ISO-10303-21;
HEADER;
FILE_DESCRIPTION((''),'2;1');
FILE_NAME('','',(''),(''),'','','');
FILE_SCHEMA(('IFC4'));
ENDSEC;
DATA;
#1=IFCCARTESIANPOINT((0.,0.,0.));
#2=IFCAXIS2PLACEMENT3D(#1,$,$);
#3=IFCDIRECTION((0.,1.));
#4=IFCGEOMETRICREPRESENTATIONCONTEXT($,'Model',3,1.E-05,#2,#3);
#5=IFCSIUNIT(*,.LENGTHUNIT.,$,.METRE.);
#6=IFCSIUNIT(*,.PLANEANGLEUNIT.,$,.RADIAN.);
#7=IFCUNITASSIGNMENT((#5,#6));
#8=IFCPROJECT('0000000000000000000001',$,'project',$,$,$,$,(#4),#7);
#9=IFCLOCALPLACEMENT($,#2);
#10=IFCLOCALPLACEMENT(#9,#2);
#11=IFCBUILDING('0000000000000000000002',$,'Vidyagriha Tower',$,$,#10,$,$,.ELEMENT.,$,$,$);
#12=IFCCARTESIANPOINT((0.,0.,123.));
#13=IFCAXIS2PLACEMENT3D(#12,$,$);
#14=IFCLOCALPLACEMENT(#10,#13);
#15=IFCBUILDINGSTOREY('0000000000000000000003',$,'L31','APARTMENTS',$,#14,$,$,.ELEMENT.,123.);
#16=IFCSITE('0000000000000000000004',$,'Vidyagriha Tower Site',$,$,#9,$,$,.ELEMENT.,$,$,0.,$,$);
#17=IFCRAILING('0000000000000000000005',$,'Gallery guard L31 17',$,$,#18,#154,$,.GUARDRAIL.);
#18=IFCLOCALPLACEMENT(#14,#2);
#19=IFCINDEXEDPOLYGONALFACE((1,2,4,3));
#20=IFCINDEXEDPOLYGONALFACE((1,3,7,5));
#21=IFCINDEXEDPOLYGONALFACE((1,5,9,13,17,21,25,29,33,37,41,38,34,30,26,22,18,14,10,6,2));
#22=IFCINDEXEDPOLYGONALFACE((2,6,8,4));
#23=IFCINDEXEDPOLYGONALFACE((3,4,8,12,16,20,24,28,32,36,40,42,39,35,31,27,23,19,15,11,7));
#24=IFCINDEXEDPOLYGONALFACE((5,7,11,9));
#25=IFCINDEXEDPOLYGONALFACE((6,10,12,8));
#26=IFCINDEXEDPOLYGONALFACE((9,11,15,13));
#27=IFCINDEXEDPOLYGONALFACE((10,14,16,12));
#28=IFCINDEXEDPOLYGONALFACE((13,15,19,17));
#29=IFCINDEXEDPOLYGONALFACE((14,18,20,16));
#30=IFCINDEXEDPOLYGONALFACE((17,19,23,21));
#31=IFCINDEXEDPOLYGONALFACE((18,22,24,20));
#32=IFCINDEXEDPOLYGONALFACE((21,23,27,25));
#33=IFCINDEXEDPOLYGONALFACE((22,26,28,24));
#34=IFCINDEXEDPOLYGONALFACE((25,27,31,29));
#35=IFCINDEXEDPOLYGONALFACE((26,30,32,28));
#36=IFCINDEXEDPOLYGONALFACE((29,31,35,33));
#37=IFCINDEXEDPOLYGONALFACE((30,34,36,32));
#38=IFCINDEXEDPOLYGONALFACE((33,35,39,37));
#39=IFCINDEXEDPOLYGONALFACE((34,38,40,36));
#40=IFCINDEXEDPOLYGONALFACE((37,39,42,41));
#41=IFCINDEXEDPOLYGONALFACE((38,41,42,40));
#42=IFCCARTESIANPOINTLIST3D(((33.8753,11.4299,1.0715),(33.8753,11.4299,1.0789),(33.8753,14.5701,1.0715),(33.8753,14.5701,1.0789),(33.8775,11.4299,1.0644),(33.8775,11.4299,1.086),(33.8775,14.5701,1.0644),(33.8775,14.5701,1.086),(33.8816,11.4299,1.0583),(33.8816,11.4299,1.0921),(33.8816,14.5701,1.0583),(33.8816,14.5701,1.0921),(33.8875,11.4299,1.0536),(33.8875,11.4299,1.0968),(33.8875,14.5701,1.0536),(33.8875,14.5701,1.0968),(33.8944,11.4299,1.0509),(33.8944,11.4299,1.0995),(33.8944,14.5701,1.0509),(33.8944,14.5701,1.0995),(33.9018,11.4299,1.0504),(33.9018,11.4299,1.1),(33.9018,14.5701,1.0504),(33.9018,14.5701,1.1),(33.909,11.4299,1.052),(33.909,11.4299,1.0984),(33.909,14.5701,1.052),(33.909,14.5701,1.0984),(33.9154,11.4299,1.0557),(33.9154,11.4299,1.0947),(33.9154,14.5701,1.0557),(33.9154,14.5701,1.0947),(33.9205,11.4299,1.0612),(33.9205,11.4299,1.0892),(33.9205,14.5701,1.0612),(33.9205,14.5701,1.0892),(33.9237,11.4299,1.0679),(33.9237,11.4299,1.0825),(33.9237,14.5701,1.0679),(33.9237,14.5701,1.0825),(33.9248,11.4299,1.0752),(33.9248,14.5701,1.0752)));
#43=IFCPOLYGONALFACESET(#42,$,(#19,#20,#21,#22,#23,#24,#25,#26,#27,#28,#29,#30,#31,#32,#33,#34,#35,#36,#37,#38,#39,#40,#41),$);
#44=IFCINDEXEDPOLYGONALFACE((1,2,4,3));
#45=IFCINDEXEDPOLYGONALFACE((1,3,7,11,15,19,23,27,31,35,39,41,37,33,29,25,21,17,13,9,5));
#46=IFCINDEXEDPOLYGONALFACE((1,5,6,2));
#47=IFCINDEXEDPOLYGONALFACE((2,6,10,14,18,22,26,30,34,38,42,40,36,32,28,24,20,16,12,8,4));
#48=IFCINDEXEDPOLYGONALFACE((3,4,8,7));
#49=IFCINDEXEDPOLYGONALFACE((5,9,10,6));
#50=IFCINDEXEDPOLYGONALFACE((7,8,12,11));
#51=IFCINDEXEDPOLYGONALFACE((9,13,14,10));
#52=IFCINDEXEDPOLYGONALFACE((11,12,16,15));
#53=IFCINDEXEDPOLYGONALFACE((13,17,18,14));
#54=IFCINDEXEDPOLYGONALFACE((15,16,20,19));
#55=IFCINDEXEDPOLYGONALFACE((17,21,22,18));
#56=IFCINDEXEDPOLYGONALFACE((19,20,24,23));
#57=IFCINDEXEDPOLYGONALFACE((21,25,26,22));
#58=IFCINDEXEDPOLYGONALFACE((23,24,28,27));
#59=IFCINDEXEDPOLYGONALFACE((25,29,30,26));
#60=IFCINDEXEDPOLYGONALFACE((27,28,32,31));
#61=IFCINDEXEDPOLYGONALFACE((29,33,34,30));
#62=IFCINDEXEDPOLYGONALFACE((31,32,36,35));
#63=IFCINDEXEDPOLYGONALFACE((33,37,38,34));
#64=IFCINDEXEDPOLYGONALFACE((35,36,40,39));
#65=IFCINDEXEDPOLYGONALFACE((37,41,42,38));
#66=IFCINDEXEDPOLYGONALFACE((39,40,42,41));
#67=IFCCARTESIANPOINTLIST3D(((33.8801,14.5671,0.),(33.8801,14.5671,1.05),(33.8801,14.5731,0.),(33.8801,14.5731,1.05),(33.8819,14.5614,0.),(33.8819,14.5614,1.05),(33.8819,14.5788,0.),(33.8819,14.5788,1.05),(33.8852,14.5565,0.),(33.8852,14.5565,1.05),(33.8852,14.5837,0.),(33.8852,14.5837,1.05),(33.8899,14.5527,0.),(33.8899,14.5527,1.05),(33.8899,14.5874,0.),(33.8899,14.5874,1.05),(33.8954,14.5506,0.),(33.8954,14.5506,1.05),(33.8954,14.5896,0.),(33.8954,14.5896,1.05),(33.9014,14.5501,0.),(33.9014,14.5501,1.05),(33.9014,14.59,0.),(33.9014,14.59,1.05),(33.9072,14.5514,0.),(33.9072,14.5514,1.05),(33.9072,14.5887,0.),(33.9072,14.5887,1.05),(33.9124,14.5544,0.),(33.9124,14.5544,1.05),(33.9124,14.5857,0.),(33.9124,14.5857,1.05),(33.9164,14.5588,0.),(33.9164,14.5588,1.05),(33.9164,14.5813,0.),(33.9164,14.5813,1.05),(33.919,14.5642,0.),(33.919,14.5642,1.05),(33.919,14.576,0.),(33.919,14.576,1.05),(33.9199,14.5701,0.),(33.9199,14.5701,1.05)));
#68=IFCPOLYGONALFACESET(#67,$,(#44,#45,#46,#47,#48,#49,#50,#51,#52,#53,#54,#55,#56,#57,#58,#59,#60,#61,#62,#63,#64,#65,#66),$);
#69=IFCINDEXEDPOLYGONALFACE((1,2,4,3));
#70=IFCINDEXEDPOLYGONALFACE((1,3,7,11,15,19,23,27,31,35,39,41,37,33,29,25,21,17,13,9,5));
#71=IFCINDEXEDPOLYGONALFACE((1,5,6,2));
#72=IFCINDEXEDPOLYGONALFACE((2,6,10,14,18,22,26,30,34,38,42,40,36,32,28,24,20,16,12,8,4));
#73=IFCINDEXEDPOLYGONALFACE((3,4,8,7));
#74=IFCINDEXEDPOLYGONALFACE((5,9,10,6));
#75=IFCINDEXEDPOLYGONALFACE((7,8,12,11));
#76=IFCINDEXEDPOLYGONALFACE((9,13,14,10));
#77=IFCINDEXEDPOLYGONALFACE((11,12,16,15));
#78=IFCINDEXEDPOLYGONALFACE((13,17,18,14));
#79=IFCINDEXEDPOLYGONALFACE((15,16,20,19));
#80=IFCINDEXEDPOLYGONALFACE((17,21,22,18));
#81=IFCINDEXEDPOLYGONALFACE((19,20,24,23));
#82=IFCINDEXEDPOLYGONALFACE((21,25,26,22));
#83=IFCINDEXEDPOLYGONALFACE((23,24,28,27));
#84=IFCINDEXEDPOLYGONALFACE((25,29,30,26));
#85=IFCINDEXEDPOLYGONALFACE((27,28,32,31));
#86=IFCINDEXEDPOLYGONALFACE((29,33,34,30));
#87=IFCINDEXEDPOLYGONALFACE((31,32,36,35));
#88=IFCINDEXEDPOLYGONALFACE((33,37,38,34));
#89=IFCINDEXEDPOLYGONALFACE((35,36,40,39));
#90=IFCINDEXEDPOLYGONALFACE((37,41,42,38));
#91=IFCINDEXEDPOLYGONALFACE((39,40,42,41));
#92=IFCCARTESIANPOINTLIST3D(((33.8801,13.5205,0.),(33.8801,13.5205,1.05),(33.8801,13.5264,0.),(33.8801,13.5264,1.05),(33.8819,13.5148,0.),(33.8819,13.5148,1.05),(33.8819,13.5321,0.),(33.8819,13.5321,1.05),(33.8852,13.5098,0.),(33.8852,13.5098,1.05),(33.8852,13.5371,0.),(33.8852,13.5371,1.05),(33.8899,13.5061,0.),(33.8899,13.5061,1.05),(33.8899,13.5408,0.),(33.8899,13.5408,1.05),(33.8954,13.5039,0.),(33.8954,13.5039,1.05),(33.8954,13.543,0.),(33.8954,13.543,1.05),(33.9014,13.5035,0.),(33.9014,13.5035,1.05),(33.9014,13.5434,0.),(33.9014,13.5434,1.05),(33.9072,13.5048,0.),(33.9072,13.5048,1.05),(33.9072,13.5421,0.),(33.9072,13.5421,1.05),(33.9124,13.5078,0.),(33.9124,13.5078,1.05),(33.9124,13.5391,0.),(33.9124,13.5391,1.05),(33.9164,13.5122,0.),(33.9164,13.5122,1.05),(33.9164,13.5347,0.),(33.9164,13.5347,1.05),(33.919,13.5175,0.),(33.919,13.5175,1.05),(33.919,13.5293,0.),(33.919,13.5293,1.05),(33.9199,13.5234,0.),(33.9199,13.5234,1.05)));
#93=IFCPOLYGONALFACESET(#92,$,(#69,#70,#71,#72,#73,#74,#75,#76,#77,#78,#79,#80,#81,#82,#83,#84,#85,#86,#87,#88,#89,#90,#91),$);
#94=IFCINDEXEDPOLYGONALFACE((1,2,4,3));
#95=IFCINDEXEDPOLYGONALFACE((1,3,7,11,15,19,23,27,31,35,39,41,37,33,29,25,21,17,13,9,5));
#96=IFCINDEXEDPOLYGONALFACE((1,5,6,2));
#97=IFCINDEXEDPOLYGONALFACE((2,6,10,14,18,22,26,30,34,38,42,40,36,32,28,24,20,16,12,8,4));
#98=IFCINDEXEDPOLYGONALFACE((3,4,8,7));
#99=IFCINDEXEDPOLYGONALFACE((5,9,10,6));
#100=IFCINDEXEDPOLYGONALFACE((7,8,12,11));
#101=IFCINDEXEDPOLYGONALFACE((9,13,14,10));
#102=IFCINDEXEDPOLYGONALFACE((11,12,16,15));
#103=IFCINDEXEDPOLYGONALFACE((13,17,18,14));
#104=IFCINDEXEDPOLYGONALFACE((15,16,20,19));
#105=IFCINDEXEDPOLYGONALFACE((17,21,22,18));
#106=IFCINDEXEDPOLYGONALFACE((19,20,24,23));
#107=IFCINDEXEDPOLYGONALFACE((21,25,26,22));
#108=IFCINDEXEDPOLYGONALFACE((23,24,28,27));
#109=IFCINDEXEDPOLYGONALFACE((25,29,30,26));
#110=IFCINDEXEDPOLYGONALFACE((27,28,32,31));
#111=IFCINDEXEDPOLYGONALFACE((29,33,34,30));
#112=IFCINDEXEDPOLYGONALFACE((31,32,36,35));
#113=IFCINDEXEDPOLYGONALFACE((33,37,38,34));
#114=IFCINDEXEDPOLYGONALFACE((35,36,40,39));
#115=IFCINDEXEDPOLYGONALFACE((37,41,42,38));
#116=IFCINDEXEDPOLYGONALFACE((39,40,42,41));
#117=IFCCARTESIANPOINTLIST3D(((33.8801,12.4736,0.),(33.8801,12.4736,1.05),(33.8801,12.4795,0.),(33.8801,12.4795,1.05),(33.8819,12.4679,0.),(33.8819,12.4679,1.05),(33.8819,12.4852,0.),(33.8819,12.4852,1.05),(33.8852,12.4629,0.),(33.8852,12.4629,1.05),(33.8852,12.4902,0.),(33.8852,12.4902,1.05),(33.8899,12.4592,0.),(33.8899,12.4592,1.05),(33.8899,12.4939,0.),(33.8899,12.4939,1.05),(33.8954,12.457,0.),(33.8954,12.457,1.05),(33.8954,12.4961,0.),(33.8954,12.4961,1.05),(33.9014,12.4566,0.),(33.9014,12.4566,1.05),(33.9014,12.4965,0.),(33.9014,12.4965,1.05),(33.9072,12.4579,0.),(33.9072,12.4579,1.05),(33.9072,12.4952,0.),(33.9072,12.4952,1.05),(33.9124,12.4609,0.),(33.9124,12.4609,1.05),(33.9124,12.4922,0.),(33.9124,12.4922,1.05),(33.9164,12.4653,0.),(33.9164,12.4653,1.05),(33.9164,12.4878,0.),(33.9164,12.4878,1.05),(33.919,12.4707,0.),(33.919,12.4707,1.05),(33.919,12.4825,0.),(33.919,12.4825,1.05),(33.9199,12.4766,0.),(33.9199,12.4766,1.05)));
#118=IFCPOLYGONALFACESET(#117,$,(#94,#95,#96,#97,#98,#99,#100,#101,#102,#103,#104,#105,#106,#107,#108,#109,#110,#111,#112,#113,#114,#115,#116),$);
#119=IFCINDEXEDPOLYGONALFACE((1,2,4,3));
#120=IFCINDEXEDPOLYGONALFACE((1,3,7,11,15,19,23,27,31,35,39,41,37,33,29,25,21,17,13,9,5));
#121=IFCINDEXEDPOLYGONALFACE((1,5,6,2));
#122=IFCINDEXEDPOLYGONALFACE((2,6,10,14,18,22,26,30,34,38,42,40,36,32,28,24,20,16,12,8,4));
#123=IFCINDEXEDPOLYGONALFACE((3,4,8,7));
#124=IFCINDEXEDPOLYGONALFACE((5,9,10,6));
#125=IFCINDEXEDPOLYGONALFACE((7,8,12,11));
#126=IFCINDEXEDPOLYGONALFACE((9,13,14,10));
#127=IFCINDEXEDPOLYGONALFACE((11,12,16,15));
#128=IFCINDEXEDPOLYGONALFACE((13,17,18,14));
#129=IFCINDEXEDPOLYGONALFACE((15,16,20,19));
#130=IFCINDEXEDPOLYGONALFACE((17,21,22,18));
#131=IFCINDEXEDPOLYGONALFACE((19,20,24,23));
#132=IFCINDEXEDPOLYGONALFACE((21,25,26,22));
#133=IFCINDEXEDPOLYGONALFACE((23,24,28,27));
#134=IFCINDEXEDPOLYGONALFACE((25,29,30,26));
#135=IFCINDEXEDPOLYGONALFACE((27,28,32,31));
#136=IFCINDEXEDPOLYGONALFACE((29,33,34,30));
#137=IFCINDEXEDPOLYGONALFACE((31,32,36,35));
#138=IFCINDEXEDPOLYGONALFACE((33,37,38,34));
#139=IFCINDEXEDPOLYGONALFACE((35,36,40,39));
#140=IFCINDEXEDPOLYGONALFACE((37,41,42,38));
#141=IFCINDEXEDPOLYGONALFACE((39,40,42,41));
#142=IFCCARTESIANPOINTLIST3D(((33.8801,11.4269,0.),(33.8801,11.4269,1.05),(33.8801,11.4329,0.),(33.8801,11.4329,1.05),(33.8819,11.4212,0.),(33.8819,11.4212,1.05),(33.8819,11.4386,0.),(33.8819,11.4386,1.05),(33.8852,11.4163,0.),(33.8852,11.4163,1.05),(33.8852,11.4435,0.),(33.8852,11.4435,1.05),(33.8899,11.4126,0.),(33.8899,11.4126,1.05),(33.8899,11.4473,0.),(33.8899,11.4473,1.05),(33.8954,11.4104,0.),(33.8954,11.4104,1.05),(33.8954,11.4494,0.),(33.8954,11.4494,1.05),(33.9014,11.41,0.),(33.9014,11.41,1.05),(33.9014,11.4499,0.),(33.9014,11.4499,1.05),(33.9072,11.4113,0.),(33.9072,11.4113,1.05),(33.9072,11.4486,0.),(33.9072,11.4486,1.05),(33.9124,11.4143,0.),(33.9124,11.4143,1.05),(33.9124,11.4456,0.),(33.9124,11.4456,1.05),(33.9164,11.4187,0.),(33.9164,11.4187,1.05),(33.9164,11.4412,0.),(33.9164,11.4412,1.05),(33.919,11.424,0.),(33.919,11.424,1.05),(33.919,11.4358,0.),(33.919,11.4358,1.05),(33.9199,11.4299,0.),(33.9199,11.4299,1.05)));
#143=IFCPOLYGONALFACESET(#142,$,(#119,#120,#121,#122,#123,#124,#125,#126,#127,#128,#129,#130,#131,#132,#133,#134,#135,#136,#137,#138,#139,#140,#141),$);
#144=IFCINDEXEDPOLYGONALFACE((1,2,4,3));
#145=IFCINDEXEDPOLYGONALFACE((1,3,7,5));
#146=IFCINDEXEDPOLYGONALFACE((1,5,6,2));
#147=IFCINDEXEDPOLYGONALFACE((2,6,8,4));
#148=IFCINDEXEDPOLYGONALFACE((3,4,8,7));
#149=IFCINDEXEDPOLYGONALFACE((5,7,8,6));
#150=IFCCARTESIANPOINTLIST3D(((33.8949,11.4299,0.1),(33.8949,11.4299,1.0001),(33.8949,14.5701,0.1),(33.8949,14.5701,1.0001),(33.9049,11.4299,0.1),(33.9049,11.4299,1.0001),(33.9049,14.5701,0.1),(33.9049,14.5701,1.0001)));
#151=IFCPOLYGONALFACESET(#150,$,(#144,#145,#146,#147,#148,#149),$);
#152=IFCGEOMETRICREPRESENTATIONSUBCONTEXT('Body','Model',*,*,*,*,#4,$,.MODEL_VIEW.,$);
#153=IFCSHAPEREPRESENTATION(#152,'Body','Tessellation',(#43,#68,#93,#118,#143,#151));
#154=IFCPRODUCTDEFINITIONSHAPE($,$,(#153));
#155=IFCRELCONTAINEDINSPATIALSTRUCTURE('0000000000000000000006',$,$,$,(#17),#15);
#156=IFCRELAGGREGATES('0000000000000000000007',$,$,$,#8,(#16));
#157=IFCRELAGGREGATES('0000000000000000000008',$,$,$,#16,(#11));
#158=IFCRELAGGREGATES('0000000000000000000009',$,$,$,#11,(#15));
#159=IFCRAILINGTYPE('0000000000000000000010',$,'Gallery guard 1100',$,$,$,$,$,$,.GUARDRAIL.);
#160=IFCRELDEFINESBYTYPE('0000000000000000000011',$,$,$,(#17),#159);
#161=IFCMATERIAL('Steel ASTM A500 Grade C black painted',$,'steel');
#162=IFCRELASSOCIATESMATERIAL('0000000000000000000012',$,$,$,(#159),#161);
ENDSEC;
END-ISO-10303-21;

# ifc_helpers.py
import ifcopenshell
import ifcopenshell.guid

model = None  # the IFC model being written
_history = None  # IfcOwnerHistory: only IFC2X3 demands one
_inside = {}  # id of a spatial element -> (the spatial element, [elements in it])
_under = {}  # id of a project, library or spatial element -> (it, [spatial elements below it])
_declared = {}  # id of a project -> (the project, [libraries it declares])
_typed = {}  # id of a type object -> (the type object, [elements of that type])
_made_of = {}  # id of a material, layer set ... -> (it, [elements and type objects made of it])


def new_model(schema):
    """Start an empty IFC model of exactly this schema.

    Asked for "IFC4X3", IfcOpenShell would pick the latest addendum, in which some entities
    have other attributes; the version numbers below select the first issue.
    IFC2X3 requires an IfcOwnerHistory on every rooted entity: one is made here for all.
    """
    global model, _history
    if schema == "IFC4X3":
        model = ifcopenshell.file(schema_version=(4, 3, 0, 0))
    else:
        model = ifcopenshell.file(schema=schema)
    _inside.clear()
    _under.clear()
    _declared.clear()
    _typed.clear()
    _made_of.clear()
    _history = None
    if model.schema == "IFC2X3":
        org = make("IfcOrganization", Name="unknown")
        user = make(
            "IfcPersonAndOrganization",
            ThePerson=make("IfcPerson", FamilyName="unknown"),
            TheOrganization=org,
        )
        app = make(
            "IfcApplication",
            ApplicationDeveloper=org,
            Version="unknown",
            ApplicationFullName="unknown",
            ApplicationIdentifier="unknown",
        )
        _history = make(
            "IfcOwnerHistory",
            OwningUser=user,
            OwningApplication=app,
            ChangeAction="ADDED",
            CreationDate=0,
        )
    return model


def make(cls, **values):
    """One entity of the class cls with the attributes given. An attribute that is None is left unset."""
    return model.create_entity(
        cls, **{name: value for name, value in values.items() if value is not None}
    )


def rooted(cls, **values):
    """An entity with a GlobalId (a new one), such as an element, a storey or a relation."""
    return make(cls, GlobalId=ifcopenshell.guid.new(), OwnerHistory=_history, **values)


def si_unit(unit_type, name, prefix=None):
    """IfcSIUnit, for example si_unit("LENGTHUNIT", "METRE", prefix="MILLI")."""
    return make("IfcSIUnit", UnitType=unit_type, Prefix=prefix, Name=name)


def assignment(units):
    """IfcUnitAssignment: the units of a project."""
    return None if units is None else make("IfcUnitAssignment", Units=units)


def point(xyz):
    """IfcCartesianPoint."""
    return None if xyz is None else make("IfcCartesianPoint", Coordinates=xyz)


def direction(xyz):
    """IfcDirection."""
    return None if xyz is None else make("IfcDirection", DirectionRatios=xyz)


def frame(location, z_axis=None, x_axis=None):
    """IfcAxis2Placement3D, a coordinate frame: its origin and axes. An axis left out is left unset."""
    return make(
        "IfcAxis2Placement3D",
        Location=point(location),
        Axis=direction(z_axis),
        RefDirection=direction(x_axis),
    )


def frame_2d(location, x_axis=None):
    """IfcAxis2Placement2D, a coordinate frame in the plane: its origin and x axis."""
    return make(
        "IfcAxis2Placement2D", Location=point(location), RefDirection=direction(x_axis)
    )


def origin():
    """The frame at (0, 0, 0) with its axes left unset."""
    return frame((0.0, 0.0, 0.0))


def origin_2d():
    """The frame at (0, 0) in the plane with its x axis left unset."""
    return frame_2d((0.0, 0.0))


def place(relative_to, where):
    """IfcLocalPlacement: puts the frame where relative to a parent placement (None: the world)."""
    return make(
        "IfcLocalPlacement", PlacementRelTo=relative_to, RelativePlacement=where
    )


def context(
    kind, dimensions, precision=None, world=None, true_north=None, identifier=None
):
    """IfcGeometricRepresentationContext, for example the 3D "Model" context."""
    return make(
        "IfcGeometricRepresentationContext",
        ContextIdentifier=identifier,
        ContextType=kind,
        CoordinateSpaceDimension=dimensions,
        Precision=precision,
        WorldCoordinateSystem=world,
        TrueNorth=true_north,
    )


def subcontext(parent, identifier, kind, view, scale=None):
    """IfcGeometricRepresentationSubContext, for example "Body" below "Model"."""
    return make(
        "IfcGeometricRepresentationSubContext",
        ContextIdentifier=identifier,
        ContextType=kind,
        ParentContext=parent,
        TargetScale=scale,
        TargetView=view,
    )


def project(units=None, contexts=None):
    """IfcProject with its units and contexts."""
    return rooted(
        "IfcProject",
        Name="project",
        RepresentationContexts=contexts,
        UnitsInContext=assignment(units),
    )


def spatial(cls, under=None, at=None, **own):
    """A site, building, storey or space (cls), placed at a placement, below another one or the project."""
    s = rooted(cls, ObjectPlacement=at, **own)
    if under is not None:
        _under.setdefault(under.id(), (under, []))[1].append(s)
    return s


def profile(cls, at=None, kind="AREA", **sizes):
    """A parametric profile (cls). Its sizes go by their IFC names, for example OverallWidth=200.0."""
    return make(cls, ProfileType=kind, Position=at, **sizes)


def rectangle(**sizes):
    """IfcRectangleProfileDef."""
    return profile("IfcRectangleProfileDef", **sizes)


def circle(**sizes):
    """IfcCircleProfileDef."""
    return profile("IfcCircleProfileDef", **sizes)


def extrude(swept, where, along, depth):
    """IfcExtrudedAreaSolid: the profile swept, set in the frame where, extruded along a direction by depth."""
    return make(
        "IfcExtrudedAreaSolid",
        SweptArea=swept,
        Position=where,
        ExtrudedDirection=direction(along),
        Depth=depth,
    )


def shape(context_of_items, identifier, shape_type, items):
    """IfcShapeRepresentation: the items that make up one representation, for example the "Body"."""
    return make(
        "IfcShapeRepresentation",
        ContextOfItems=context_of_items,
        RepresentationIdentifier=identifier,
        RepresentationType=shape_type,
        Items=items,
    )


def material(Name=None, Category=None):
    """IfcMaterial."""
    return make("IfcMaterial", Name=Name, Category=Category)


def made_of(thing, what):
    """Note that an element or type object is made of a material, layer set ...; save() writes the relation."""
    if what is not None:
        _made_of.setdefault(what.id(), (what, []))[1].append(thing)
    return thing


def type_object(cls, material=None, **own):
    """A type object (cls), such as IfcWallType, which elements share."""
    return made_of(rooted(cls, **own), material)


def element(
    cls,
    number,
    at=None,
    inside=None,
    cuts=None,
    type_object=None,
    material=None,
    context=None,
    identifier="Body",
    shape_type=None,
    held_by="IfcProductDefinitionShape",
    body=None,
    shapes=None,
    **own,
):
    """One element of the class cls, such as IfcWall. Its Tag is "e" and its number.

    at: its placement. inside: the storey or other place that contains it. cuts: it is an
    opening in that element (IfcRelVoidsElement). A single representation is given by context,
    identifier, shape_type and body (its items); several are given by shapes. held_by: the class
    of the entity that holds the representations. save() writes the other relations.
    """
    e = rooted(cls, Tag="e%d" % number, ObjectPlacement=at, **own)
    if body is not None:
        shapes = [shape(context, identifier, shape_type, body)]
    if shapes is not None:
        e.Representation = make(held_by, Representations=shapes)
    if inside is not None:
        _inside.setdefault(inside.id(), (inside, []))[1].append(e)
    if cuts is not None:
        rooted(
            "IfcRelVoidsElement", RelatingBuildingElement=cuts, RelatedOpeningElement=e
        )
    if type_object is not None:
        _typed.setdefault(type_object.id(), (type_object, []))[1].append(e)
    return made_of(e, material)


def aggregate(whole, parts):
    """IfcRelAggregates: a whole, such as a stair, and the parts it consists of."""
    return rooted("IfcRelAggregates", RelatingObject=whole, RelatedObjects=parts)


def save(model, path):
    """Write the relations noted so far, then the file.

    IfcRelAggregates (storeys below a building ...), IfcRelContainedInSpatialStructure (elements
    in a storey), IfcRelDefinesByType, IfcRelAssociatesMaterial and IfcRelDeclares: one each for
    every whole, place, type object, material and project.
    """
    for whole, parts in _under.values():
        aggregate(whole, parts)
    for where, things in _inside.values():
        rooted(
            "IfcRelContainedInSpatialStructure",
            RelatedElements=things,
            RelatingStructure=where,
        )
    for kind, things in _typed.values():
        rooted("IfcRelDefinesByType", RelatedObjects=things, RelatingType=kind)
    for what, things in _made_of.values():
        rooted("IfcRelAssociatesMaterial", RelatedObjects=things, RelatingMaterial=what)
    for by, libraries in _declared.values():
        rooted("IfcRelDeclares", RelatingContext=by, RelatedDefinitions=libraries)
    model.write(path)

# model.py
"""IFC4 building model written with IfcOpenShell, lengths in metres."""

from ifc_helpers import new_model, si_unit, direction, frame, origin, origin_2d, place, context, subcontext, project, spatial, rectangle, circle, extrude, material, type_object, element, save


model = new_model("IFC4")

# Units and contexts
model_context = context("Model", 3, precision=1e-05, world=origin(), true_north=direction((0.0, 1.0)))
body_context = subcontext(model_context, "Body", "Model", "MODEL_VIEW")
ifc_project = project(units=[si_unit("LENGTHUNIT", "METRE"), si_unit("PLANEANGLEUNIT", "RADIAN")], contexts=[model_context])

# Site, building, storey
site_placement = place(None, origin())
site = spatial("IfcSite", under=ifc_project, at=site_placement, Name="Vidyagriha Tower Site", CompositionType="ELEMENT", RefElevation=0.0)
building_placement = place(site_placement, origin())
building = spatial("IfcBuilding", under=site, at=building_placement, Name="Vidyagriha Tower", CompositionType="ELEMENT")
storey_placement = place(building_placement, frame((0.0, 0.0, 123.0)))
storey = spatial("IfcBuildingStorey", under=building, at=storey_placement, Name="L31", Description="APARTMENTS", CompositionType="ELEMENT", Elevation=123.0)

# Railing
ifc_material_1 = material(Name="Steel ASTM A500 Grade C black painted", Category="steel")
railing_type = type_object("IfcRailingType", Name="Gallery guard 1100", PredefinedType="GUARDRAIL", material=ifc_material_1)
railing_1_placement = place(storey_placement, frame((33.8999, 14.5701, 0.0)))
element("IfcRailing", 1, at=railing_1_placement, inside=storey, type_object=railing_type, Name="Gallery guard L31 17", PredefinedType="GUARDRAIL", context=body_context, shape_type="SweptSolid", body=[
    extrude(circle(Radius=0.0249, at=origin_2d()), frame((0.0, 0.0, 1.0752), z_axis=(0.0, -1.0, 0.0), x_axis=(1.0, 0.0, 0.0)), (0.0, 0.0, 1.0), 3.1401),
    extrude(circle(Radius=0.02, at=origin_2d()), origin(), (0.0, 0.0, 1.0), 1.05),
    extrude(circle(Radius=0.02, at=origin_2d()), frame((0.0, -1.0466, 0.0)), (0.0, 0.0, 1.0), 1.05),
    extrude(circle(Radius=0.02, at=origin_2d()), frame((0.0, -2.0935, 0.0)), (0.0, 0.0, 1.0), 1.05),
    extrude(circle(Radius=0.02, at=origin_2d()), frame((0.0, -3.1401, 0.0)), (0.0, 0.0, 1.0), 1.05),
    extrude(rectangle(XDim=0.01, YDim=0.9001, at=origin_2d()), frame((0.0, 0.0, 0.55), z_axis=(0.0, -1.0, 0.0), x_axis=(1.0, 0.0, 0.0)), (0.0, 0.0, 1.0), 3.1401),
])

save(model, "model.ifc")
